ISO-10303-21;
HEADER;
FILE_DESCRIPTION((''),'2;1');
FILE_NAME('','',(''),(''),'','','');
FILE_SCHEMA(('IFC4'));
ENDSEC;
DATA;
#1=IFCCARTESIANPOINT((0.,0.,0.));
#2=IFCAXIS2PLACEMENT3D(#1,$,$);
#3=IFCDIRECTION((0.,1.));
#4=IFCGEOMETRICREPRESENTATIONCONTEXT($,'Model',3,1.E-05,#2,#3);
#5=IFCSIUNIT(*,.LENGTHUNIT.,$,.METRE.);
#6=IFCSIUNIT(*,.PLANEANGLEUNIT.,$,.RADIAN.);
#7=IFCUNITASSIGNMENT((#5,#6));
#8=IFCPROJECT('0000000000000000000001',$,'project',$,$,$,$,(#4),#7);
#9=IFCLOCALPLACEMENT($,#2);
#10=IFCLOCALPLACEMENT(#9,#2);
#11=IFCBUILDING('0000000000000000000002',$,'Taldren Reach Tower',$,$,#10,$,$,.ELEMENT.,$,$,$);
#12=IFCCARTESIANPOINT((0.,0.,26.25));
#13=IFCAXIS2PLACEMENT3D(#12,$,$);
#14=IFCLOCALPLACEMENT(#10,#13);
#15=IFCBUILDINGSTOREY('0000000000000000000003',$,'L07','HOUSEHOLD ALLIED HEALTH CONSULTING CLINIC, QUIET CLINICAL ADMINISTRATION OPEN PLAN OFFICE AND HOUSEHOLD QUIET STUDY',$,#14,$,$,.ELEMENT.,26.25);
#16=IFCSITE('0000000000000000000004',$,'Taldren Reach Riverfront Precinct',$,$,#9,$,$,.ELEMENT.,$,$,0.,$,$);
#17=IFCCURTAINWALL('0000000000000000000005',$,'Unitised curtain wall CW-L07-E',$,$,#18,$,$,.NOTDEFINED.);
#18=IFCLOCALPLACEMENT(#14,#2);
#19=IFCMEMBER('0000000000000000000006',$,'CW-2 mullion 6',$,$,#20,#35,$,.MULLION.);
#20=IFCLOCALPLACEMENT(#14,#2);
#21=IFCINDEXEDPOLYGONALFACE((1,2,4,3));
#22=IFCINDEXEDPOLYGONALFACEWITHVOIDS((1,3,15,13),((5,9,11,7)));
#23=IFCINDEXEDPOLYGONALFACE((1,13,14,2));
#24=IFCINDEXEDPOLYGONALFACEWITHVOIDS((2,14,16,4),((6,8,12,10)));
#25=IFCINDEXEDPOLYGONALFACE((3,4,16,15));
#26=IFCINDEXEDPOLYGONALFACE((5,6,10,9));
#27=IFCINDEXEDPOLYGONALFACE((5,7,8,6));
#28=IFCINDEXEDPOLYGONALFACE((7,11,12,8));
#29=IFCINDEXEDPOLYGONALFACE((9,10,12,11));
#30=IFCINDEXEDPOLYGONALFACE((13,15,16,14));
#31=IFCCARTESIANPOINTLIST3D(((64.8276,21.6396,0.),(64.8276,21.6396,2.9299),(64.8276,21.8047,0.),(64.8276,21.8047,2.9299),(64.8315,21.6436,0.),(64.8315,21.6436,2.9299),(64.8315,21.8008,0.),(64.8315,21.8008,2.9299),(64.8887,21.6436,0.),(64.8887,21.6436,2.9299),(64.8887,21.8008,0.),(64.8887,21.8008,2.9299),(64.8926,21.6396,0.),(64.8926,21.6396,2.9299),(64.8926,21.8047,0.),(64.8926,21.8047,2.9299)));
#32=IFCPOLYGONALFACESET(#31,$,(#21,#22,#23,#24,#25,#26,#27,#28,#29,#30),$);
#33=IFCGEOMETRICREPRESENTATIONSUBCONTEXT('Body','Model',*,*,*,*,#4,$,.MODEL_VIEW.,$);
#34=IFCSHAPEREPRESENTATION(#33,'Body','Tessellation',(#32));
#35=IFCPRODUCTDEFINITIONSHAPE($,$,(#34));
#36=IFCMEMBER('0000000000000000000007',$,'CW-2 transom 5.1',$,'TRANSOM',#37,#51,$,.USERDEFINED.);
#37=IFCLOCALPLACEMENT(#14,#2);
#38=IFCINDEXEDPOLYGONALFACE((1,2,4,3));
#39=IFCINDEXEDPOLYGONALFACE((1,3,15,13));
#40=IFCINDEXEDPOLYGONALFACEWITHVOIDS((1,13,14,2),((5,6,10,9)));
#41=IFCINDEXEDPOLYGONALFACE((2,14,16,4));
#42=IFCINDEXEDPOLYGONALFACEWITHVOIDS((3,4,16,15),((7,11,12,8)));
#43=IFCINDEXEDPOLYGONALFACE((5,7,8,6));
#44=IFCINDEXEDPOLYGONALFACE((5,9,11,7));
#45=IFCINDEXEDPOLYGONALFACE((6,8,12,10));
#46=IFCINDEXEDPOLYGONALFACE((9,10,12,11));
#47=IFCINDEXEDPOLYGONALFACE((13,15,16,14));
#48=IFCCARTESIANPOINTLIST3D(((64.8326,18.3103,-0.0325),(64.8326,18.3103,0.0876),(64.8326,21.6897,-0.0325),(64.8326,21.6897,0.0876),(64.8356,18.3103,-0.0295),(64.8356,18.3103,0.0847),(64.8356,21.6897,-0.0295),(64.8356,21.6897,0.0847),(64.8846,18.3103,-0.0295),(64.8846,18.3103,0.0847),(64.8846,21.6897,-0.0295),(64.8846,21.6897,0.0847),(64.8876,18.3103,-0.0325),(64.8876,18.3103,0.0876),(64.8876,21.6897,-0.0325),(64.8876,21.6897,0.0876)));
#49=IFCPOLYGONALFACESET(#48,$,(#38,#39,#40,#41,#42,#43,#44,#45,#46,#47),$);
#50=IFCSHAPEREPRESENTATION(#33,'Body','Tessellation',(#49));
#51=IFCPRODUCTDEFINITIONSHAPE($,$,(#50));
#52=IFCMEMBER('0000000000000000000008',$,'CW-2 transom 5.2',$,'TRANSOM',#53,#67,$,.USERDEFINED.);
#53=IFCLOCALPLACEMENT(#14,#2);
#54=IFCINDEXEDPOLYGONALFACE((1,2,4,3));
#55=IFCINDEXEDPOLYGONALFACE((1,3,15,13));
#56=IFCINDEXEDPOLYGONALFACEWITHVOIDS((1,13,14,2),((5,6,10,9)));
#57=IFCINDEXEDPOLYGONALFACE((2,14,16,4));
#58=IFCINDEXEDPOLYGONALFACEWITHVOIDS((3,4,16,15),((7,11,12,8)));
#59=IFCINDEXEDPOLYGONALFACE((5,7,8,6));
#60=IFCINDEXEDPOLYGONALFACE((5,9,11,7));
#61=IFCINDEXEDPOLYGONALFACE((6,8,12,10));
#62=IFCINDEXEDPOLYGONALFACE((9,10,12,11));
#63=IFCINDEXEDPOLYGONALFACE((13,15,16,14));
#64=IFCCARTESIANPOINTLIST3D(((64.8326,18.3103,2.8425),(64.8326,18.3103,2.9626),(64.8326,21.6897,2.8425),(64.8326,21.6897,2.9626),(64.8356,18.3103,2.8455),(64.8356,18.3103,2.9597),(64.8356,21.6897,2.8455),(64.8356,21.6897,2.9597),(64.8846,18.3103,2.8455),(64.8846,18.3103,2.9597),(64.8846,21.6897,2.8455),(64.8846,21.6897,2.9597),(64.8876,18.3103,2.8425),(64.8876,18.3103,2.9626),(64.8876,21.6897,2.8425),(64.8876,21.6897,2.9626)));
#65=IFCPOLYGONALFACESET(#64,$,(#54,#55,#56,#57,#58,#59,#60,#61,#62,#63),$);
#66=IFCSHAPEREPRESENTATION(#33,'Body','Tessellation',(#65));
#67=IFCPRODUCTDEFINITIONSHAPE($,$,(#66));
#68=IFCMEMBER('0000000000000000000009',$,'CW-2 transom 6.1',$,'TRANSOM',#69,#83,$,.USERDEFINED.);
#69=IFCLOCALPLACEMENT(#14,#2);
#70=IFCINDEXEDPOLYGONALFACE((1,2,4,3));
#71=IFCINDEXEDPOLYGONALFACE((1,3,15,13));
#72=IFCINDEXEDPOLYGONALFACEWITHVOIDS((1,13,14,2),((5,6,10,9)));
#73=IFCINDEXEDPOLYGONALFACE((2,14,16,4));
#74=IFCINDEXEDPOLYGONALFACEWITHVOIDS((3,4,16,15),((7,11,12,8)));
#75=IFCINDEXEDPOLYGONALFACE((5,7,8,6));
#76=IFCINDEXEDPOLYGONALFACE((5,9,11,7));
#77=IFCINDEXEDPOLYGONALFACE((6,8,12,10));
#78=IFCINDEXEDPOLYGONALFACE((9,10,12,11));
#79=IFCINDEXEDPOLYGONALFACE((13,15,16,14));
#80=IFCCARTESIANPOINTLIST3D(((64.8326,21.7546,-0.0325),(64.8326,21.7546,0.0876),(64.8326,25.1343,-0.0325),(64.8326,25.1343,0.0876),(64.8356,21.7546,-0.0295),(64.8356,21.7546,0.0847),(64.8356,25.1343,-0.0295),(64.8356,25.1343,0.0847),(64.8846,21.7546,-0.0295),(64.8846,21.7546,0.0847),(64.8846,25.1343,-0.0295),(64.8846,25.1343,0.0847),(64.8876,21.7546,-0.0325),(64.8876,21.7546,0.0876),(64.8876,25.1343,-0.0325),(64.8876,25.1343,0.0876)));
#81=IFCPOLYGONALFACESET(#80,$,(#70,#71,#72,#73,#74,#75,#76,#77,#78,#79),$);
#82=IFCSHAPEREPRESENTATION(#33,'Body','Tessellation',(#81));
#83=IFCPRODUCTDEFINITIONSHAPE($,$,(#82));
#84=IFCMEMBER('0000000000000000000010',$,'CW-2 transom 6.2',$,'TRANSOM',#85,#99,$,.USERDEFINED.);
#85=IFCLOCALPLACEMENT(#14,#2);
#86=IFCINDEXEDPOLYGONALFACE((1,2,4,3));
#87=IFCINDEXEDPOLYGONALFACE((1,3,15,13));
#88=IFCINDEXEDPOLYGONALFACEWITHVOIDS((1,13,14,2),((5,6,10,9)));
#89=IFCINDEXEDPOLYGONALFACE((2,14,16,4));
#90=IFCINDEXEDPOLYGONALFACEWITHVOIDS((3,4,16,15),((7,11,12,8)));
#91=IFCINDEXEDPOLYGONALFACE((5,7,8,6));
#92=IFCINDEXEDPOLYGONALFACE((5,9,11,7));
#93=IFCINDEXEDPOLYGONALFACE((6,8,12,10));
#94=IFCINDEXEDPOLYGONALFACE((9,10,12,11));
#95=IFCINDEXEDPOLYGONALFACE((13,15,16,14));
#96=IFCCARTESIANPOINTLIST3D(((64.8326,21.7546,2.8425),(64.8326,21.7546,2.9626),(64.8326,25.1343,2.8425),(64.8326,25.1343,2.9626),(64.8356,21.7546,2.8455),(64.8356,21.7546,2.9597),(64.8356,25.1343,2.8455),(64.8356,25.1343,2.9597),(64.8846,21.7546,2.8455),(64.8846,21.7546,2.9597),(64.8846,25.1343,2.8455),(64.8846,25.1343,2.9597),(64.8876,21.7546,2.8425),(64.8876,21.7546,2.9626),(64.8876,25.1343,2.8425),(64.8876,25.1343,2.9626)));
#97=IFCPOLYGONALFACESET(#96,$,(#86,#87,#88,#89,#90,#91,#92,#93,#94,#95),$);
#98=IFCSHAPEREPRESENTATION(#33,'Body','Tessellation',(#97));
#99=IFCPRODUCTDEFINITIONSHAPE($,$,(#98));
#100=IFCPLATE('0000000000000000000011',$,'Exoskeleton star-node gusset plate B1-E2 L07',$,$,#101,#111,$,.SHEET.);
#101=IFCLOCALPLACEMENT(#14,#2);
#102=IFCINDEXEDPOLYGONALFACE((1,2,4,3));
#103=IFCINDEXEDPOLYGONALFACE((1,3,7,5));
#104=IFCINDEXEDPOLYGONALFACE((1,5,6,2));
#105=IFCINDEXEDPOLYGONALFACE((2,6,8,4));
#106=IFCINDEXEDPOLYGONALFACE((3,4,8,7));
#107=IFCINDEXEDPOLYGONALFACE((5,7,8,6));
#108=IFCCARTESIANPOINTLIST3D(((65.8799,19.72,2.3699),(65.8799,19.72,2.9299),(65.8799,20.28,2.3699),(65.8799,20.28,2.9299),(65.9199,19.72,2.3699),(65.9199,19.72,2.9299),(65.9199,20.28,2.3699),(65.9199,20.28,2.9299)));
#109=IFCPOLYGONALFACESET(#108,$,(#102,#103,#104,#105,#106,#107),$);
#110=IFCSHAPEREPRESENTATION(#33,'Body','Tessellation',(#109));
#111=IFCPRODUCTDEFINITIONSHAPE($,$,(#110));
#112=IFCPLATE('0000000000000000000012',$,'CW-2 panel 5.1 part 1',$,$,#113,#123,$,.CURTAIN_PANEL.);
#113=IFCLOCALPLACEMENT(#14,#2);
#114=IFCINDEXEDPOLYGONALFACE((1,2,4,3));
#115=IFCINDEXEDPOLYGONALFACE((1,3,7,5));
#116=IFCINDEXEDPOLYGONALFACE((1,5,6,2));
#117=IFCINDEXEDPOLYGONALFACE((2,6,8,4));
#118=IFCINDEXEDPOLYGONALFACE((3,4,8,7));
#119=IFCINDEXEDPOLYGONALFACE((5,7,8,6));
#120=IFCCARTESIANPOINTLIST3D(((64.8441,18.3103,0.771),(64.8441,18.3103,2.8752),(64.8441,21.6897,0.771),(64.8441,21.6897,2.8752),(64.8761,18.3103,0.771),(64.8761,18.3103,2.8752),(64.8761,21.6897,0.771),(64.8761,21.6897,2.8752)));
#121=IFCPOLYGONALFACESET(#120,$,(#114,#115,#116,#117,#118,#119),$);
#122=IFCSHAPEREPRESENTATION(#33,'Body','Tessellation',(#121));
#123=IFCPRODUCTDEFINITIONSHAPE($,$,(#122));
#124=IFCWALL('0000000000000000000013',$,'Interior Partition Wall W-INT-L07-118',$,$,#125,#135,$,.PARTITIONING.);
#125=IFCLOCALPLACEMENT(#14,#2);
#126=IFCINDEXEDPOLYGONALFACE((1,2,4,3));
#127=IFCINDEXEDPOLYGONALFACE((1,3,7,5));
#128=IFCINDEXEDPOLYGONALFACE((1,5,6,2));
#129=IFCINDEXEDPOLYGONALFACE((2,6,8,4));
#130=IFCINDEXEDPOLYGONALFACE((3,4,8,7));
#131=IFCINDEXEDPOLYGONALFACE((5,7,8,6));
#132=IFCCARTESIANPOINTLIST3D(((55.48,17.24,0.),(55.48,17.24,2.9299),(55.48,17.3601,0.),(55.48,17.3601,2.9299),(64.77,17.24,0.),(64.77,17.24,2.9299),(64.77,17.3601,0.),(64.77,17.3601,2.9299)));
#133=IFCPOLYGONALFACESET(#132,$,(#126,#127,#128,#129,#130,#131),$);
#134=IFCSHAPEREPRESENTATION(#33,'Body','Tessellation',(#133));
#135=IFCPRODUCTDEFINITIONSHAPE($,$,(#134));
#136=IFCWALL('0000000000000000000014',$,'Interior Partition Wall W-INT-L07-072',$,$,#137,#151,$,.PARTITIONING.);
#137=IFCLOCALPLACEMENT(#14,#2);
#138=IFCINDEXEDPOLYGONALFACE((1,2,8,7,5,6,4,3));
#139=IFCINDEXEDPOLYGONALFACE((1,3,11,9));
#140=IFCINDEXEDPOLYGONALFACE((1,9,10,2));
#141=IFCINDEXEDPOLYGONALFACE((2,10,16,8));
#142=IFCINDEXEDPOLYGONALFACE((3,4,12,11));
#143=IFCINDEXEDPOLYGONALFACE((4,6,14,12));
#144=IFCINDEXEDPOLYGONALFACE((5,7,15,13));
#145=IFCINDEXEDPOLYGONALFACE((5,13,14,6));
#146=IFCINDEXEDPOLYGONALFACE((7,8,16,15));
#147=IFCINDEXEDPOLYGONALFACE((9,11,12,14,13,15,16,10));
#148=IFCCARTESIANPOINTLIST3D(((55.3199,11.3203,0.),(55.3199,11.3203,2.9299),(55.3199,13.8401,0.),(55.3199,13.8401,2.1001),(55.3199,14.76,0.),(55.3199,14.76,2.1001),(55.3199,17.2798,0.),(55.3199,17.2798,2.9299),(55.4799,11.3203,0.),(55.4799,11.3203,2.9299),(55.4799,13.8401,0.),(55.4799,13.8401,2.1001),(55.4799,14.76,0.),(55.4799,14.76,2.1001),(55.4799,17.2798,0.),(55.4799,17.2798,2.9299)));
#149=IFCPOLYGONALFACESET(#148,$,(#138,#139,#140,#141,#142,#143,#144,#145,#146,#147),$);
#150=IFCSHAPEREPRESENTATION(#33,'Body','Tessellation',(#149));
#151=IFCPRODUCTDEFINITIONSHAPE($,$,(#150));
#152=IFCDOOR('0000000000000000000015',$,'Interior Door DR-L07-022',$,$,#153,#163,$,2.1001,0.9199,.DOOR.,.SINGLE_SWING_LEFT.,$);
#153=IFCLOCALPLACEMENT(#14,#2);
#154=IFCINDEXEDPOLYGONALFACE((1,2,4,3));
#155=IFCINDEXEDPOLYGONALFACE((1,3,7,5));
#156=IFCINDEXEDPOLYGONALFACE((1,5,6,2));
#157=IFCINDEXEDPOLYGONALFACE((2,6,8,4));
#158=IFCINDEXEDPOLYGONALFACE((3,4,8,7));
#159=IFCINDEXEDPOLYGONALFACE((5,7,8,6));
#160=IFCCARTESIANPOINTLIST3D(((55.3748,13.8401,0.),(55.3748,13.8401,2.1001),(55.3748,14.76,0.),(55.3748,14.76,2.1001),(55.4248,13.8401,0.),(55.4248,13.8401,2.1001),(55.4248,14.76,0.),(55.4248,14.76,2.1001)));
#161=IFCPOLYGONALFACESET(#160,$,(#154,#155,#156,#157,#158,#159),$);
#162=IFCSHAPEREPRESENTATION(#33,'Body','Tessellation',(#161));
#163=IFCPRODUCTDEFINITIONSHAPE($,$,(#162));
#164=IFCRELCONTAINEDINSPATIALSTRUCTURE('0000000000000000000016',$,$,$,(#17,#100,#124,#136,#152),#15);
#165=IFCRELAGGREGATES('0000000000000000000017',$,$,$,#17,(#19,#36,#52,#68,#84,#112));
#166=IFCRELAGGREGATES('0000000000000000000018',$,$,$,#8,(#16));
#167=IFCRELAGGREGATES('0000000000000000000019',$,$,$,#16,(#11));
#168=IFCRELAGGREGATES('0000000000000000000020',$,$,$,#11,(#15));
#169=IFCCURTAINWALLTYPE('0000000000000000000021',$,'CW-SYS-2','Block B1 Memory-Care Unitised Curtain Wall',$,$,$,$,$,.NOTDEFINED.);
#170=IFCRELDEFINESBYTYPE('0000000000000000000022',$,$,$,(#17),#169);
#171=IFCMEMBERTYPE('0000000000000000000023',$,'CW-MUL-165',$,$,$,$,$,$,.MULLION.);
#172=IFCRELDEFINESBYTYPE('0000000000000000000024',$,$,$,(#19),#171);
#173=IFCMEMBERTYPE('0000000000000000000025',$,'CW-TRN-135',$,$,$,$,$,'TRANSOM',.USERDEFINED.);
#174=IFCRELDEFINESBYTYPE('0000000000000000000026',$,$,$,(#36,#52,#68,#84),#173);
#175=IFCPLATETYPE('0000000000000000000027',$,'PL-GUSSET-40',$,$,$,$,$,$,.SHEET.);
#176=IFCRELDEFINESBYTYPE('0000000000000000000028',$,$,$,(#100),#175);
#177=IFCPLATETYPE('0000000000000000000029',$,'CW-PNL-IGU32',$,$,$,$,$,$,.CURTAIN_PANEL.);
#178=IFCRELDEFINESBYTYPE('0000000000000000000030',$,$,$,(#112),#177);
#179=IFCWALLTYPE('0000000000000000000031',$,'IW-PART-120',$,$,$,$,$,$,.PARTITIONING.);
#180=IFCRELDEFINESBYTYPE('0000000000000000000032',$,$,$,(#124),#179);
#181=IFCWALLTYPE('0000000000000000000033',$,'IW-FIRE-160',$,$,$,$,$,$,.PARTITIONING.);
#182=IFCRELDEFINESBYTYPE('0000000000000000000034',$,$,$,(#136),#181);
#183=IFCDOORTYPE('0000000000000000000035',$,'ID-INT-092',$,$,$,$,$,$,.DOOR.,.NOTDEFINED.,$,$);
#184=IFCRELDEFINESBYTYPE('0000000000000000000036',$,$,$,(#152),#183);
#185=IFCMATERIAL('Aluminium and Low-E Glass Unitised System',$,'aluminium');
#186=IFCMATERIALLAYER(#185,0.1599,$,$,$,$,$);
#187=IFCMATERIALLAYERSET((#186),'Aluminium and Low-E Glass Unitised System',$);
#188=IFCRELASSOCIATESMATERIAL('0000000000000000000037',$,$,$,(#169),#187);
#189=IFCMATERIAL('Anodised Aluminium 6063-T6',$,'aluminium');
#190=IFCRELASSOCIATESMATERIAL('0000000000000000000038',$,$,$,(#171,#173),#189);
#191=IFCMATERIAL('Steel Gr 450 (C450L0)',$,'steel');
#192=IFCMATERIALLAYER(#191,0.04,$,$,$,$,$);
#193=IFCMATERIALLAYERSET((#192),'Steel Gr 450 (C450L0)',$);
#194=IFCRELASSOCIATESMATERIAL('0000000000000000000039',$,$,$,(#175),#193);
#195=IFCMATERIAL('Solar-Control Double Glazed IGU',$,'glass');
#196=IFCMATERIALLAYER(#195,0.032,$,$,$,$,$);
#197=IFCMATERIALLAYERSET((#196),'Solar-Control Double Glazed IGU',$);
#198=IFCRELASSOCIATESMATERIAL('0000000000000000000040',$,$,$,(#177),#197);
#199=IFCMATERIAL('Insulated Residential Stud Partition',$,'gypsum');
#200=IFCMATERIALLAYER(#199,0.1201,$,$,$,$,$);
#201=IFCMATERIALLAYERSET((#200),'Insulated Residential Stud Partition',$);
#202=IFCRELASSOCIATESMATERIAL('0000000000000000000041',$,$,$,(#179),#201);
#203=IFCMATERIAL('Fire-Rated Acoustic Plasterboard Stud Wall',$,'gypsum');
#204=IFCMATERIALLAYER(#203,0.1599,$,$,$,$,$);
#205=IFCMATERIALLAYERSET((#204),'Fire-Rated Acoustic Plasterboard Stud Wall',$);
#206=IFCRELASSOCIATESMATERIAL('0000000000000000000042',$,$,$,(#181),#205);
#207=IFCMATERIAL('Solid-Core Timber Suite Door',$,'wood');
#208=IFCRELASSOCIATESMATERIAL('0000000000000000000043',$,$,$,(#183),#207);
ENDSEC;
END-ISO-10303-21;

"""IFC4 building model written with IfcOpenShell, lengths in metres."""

from ifc_helpers import new_model, si_unit, direction, frame, frame_2d, origin, origin_2d, place, context, subcontext, project, spatial, rectangle, hollow_rectangle, extrude, source, transform, mapped, material, layer, layer_set, material_profile, profile_set, type_object, element, fill, aggregate, save


model = new_model("IFC4")

# Units and contexts
model_context = context("Model", 3, precision=1e-05, world=origin(), true_north=direction((0.0, 1.0)))
body_context = subcontext(model_context, "Body", "Model", "MODEL_VIEW")
ifc_project = project(units=[si_unit("LENGTHUNIT", "METRE"), si_unit("PLANEANGLEUNIT", "RADIAN")], contexts=[model_context])

# Site, building, storey
site_placement = place(None, origin())
site = spatial("IfcSite", under=ifc_project, at=site_placement, Name="Taldren Reach Riverfront Precinct", CompositionType="ELEMENT", RefElevation=0.0)
building_placement = place(site_placement, origin())
building = spatial("IfcBuilding", under=site, at=building_placement, Name="Taldren Reach Tower", CompositionType="ELEMENT")
storey_placement = place(building_placement, frame((0.0, 0.0, 26.25)))
storey = spatial("IfcBuildingStorey", under=building, at=storey_placement, Name="L07", Description="HOUSEHOLD ALLIED HEALTH CONSULTING CLINIC, QUIET CLINICAL ADMINISTRATION OPEN PLAN OFFICE AND HOUSEHOLD QUIET STUDY", CompositionType="ELEMENT", Elevation=26.25)

# Shared definitions
ifc_material_1 = material(Name="Steel Gr 450 (C450L0)", Category="steel")

# Curtain wall, members
ifc_material_2 = material(Name="Aluminium and Low-E Glass Unitised System", Category="aluminium")
ifc_layer_1 = layer(ifc_material_2, 0.1599)
ifc_layer_set_1 = layer_set([ifc_layer_1], Name="Aluminium and Low-E Glass Unitised System")
curtain_wall_type = type_object("IfcCurtainWallType", Name="CW-SYS-2", Description="Block B1 Memory-Care Unitised Curtain Wall", PredefinedType="NOTDEFINED", material=ifc_layer_set_1)
curtain_wall_placement = place(storey_placement, origin())
curtain_wall = element("IfcCurtainWall", 1, at=curtain_wall_placement, inside=storey, type_object=curtain_wall_type, Name="Unitised curtain wall CW-L07-E", PredefinedType="NOTDEFINED")
ifc_material_3 = material(Name="Anodised Aluminium 6063-T6", Category="aluminium")
ifc_material_profile_1 = material_profile(ifc_material_3, hollow_rectangle(XDim=0.0649, YDim=0.165, WallThickness=0.0039, at=origin_2d()), Name="ALU-165x65x4RHS")
ifc_profile_set_1 = profile_set([ifc_material_profile_1], Name="Anodised Aluminium 6063-T6")
member_type_1 = type_object("IfcMemberType", Name="CW-MUL-165", PredefinedType="MULLION", material=ifc_profile_set_1)
shared_shape_1 = source(origin(), body_context, "Body", "SweptSolid", [
    extrude(hollow_rectangle(XDim=0.0649, YDim=0.165, WallThickness=0.0039, at=origin_2d()), origin(), (0.0, 0.0, 1.0), 2.9299),
])
member_1_placement = place(storey_placement, frame((64.8601, 21.7222, 0.0), z_axis=(0.0, 0.0, 1.0), x_axis=(-1.0, 0.0, 0.0)))
member_1 = element("IfcMember", 2, at=member_1_placement, type_object=member_type_1, Name="CW-2 mullion 6", PredefinedType="MULLION", context=body_context, shape_type="MappedRepresentation", body=[
    mapped(shared_shape_1, transform((0.0, 0.0, 0.0), scale=1.0)),
])
ifc_material_profile_2 = material_profile(ifc_material_3, hollow_rectangle(XDim=0.0549, YDim=0.1201, WallThickness=0.0029, at=origin_2d()), Name="ALU-120x55x3RHS")
ifc_profile_set_2 = profile_set([ifc_material_profile_2], Name="Anodised Aluminium 6063-T6")
member_type_2 = type_object("IfcMemberType", Name="CW-TRN-135", ElementType="TRANSOM", PredefinedType="USERDEFINED", material=ifc_profile_set_2)
shared_shape_2 = source(origin(), body_context, "Body", "SweptSolid", [
    extrude(hollow_rectangle(XDim=0.0549, YDim=0.1201, WallThickness=0.0029, at=origin_2d()), origin(), (0.0, 0.0, 1.0), 3.3794),
])
member_2_placement = place(storey_placement, frame((64.8601, 18.3103, 0.0276), z_axis=(0.0, 1.0, 0.0), x_axis=(-1.0, 0.0, 0.0)))
member_2 = element("IfcMember", 3, at=member_2_placement, type_object=member_type_2, Name="CW-2 transom 5.1", ObjectType="TRANSOM", PredefinedType="USERDEFINED", context=body_context, shape_type="MappedRepresentation", body=[
    mapped(shared_shape_2, transform((0.0, 0.0, 0.0), scale=1.0)),
])
member_3_placement = place(storey_placement, frame((64.8601, 18.3103, 2.9026), z_axis=(0.0, 1.0, 0.0), x_axis=(-1.0, 0.0, 0.0)))
member_3 = element("IfcMember", 4, at=member_3_placement, type_object=member_type_2, Name="CW-2 transom 5.2", ObjectType="TRANSOM", PredefinedType="USERDEFINED", context=body_context, shape_type="MappedRepresentation", body=[
    mapped(shared_shape_2, transform((0.0, 0.0, 0.0), scale=1.0)),
])
shared_shape_3 = source(origin(), body_context, "Body", "SweptSolid", [
    extrude(hollow_rectangle(XDim=0.0549, YDim=0.1201, WallThickness=0.0029, at=origin_2d()), origin(), (0.0, 0.0, 1.0), 3.3796),
])
member_4_placement = place(storey_placement, frame((64.8601, 21.7546, 0.0276), z_axis=(0.0, 1.0, 0.0), x_axis=(-1.0, 0.0, 0.0)))
member_4 = element("IfcMember", 5, at=member_4_placement, type_object=member_type_2, Name="CW-2 transom 6.1", ObjectType="TRANSOM", PredefinedType="USERDEFINED", context=body_context, shape_type="MappedRepresentation", body=[
    mapped(shared_shape_3, transform((0.0, 0.0, 0.0), scale=1.0)),
])
member_5_placement = place(storey_placement, frame((64.8601, 21.7546, 2.9026), z_axis=(0.0, 1.0, 0.0), x_axis=(-1.0, 0.0, 0.0)))
member_5 = element("IfcMember", 6, at=member_5_placement, type_object=member_type_2, Name="CW-2 transom 6.2", ObjectType="TRANSOM", PredefinedType="USERDEFINED", context=body_context, shape_type="MappedRepresentation", body=[
    mapped(shared_shape_3, transform((0.0, 0.0, 0.0), scale=1.0)),
])

# Plates
ifc_layer_2 = layer(ifc_material_1, 0.04)
ifc_layer_set_2 = layer_set([ifc_layer_2], Name="Steel Gr 450 (C450L0)")
plate_type_1 = type_object("IfcPlateType", Name="PL-GUSSET-40", PredefinedType="SHEET", material=ifc_layer_set_2)
shared_shape_4 = source(origin(), body_context, "Body", "SweptSolid", [
    extrude(rectangle(XDim=0.5601, YDim=0.04, at=origin_2d()), origin(), (0.0, 0.0, 1.0), 0.5601),
])
plate_1_placement = place(storey_placement, frame((65.8999, 20.0, 2.3699), z_axis=(0.0, 0.0, 1.0), x_axis=(0.0, 1.0, 0.0)))
element("IfcPlate", 7, at=plate_1_placement, inside=storey, type_object=plate_type_1, Name="Exoskeleton star-node gusset plate B1-E2 L07", PredefinedType="SHEET", context=body_context, shape_type="MappedRepresentation", body=[
    mapped(shared_shape_4, transform((0.0, 0.0, 0.0), scale=1.0)),
])
ifc_material_4 = material(Name="Solar-Control Double Glazed IGU", Category="glass")
ifc_layer_3 = layer(ifc_material_4, 0.032)
ifc_layer_set_3 = layer_set([ifc_layer_3], Name="Solar-Control Double Glazed IGU")
plate_type_2 = type_object("IfcPlateType", Name="CW-PNL-IGU32", PredefinedType="CURTAIN_PANEL", material=ifc_layer_set_3)
shared_shape_5 = source(origin(), body_context, "Body", "SweptSolid", [
    extrude(rectangle(XDim=3.3794, YDim=0.032, at=origin_2d()), origin(), (0.0, 0.0, 1.0), 2.1042),
])
plate_2_placement = place(storey_placement, frame((64.8601, 20.0, 0.771), z_axis=(0.0, 0.0, 1.0), x_axis=(0.0, 1.0, 0.0)))
plate_2 = element("IfcPlate", 8, at=plate_2_placement, type_object=plate_type_2, Name="CW-2 panel 5.1 part 1", PredefinedType="CURTAIN_PANEL", context=body_context, shape_type="MappedRepresentation", body=[
    mapped(shared_shape_5, transform((0.0, 0.0, 0.0), scale=1.0)),
])
aggregate(curtain_wall, [member_1, member_2, member_3, member_4, member_5, plate_2])

# Wall
ifc_material_5 = material(Name="Insulated Residential Stud Partition", Category="gypsum")
ifc_layer_4 = layer(ifc_material_5, 0.1201)
ifc_layer_set_4 = layer_set([ifc_layer_4], Name="Insulated Residential Stud Partition")
wall_type_1 = type_object("IfcWallType", Name="IW-PART-120", PredefinedType="PARTITIONING", material=ifc_layer_set_4)
shared_shape_6 = source(origin(), body_context, "Body", "SweptSolid", [
    extrude(rectangle(XDim=9.29, YDim=0.1201, at=frame_2d((4.645, 0.0))), origin(), (0.0, 0.0, 1.0), 2.9299),
])
wall_1_placement = place(storey_placement, frame((55.48, 17.3, 0.0), z_axis=(0.0, 0.0, 1.0), x_axis=(1.0, 0.0, 0.0)))
element("IfcWall", 9, at=wall_1_placement, inside=storey, type_object=wall_type_1, Name="Interior Partition Wall W-INT-L07-118", PredefinedType="PARTITIONING", context=body_context, shape_type="MappedRepresentation", body=[
    mapped(shared_shape_6, transform((0.0, 0.0, 0.0), scale=1.0)),
])

# Wall, opening, door
ifc_material_6 = material(Name="Fire-Rated Acoustic Plasterboard Stud Wall", Category="gypsum")
ifc_layer_5 = layer(ifc_material_6, 0.1599)
ifc_layer_set_5 = layer_set([ifc_layer_5], Name="Fire-Rated Acoustic Plasterboard Stud Wall")
wall_type_2 = type_object("IfcWallType", Name="IW-FIRE-160", PredefinedType="PARTITIONING", material=ifc_layer_set_5)
shared_shape_7 = source(origin(), body_context, "Body", "SweptSolid", [
    extrude(rectangle(XDim=5.9595, YDim=0.1599, at=frame_2d((2.9797, 0.0))), origin(), (0.0, 0.0, 1.0), 2.9299),
])
wall_2_placement = place(storey_placement, frame((55.3999, 17.2798, 0.0), z_axis=(0.0, 0.0, 1.0), x_axis=(0.0, -1.0, 0.0)))
wall_2 = element("IfcWall", 10, at=wall_2_placement, inside=storey, type_object=wall_type_2, Name="Interior Partition Wall W-INT-L07-072", PredefinedType="PARTITIONING", context=body_context, shape_type="MappedRepresentation", body=[
    mapped(shared_shape_7, transform((0.0, 0.0, 0.0), scale=1.0)),
])
shared_shape_8 = source(origin(), body_context, "Body", "SweptSolid", [
    extrude(rectangle(XDim=0.9199, YDim=2.1001, at=frame_2d((0.46, 1.05))), frame((0.0, 0.0898, 0.0), z_axis=(0.0, -1.0, 0.0), x_axis=(1.0, 0.0, 0.0)), (0.0, 0.0, 1.0), 0.1799),
])
opening_1_placement = place(wall_2_placement, frame((2.5198, 0.0, 0.0)))
opening_1 = element("IfcOpeningElement", 11, at=opening_1_placement, cuts=wall_2, PredefinedType="OPENING", context=body_context, shape_type="MappedRepresentation", body=[
    mapped(shared_shape_8, transform((0.0, 0.0, 0.0), scale=1.0)),
])
ifc_material_7 = material(Name="Solid-Core Timber Suite Door", Category="wood")
door_type = type_object("IfcDoorType", Name="ID-INT-092", OperationType="NOTDEFINED", PredefinedType="DOOR", material=ifc_material_7)
shared_shape_9 = source(origin(), body_context, "Body", "SweptSolid", [
    extrude(rectangle(XDim=0.9199, YDim=2.1001, at=frame_2d((0.46, 1.05))), frame((0.0, 0.0249, 0.0), z_axis=(0.0, -1.0, 0.0), x_axis=(1.0, 0.0, 0.0)), (0.0, 0.0, 1.0), 0.05),
])
door_1_placement = place(opening_1_placement, origin())
door_1 = element("IfcDoor", 12, at=door_1_placement, inside=storey, type_object=door_type, Name="Interior Door DR-L07-022", OperationType="SINGLE_SWING_LEFT", OverallHeight=2.1001, OverallWidth=0.9199, PredefinedType="DOOR", context=body_context, shape_type="MappedRepresentation", body=[
    mapped(shared_shape_9, transform((0.0, 0.0, 0.0), scale=1.0)),
])
fill(opening_1, door_1)

save(model, "model.ifc")
